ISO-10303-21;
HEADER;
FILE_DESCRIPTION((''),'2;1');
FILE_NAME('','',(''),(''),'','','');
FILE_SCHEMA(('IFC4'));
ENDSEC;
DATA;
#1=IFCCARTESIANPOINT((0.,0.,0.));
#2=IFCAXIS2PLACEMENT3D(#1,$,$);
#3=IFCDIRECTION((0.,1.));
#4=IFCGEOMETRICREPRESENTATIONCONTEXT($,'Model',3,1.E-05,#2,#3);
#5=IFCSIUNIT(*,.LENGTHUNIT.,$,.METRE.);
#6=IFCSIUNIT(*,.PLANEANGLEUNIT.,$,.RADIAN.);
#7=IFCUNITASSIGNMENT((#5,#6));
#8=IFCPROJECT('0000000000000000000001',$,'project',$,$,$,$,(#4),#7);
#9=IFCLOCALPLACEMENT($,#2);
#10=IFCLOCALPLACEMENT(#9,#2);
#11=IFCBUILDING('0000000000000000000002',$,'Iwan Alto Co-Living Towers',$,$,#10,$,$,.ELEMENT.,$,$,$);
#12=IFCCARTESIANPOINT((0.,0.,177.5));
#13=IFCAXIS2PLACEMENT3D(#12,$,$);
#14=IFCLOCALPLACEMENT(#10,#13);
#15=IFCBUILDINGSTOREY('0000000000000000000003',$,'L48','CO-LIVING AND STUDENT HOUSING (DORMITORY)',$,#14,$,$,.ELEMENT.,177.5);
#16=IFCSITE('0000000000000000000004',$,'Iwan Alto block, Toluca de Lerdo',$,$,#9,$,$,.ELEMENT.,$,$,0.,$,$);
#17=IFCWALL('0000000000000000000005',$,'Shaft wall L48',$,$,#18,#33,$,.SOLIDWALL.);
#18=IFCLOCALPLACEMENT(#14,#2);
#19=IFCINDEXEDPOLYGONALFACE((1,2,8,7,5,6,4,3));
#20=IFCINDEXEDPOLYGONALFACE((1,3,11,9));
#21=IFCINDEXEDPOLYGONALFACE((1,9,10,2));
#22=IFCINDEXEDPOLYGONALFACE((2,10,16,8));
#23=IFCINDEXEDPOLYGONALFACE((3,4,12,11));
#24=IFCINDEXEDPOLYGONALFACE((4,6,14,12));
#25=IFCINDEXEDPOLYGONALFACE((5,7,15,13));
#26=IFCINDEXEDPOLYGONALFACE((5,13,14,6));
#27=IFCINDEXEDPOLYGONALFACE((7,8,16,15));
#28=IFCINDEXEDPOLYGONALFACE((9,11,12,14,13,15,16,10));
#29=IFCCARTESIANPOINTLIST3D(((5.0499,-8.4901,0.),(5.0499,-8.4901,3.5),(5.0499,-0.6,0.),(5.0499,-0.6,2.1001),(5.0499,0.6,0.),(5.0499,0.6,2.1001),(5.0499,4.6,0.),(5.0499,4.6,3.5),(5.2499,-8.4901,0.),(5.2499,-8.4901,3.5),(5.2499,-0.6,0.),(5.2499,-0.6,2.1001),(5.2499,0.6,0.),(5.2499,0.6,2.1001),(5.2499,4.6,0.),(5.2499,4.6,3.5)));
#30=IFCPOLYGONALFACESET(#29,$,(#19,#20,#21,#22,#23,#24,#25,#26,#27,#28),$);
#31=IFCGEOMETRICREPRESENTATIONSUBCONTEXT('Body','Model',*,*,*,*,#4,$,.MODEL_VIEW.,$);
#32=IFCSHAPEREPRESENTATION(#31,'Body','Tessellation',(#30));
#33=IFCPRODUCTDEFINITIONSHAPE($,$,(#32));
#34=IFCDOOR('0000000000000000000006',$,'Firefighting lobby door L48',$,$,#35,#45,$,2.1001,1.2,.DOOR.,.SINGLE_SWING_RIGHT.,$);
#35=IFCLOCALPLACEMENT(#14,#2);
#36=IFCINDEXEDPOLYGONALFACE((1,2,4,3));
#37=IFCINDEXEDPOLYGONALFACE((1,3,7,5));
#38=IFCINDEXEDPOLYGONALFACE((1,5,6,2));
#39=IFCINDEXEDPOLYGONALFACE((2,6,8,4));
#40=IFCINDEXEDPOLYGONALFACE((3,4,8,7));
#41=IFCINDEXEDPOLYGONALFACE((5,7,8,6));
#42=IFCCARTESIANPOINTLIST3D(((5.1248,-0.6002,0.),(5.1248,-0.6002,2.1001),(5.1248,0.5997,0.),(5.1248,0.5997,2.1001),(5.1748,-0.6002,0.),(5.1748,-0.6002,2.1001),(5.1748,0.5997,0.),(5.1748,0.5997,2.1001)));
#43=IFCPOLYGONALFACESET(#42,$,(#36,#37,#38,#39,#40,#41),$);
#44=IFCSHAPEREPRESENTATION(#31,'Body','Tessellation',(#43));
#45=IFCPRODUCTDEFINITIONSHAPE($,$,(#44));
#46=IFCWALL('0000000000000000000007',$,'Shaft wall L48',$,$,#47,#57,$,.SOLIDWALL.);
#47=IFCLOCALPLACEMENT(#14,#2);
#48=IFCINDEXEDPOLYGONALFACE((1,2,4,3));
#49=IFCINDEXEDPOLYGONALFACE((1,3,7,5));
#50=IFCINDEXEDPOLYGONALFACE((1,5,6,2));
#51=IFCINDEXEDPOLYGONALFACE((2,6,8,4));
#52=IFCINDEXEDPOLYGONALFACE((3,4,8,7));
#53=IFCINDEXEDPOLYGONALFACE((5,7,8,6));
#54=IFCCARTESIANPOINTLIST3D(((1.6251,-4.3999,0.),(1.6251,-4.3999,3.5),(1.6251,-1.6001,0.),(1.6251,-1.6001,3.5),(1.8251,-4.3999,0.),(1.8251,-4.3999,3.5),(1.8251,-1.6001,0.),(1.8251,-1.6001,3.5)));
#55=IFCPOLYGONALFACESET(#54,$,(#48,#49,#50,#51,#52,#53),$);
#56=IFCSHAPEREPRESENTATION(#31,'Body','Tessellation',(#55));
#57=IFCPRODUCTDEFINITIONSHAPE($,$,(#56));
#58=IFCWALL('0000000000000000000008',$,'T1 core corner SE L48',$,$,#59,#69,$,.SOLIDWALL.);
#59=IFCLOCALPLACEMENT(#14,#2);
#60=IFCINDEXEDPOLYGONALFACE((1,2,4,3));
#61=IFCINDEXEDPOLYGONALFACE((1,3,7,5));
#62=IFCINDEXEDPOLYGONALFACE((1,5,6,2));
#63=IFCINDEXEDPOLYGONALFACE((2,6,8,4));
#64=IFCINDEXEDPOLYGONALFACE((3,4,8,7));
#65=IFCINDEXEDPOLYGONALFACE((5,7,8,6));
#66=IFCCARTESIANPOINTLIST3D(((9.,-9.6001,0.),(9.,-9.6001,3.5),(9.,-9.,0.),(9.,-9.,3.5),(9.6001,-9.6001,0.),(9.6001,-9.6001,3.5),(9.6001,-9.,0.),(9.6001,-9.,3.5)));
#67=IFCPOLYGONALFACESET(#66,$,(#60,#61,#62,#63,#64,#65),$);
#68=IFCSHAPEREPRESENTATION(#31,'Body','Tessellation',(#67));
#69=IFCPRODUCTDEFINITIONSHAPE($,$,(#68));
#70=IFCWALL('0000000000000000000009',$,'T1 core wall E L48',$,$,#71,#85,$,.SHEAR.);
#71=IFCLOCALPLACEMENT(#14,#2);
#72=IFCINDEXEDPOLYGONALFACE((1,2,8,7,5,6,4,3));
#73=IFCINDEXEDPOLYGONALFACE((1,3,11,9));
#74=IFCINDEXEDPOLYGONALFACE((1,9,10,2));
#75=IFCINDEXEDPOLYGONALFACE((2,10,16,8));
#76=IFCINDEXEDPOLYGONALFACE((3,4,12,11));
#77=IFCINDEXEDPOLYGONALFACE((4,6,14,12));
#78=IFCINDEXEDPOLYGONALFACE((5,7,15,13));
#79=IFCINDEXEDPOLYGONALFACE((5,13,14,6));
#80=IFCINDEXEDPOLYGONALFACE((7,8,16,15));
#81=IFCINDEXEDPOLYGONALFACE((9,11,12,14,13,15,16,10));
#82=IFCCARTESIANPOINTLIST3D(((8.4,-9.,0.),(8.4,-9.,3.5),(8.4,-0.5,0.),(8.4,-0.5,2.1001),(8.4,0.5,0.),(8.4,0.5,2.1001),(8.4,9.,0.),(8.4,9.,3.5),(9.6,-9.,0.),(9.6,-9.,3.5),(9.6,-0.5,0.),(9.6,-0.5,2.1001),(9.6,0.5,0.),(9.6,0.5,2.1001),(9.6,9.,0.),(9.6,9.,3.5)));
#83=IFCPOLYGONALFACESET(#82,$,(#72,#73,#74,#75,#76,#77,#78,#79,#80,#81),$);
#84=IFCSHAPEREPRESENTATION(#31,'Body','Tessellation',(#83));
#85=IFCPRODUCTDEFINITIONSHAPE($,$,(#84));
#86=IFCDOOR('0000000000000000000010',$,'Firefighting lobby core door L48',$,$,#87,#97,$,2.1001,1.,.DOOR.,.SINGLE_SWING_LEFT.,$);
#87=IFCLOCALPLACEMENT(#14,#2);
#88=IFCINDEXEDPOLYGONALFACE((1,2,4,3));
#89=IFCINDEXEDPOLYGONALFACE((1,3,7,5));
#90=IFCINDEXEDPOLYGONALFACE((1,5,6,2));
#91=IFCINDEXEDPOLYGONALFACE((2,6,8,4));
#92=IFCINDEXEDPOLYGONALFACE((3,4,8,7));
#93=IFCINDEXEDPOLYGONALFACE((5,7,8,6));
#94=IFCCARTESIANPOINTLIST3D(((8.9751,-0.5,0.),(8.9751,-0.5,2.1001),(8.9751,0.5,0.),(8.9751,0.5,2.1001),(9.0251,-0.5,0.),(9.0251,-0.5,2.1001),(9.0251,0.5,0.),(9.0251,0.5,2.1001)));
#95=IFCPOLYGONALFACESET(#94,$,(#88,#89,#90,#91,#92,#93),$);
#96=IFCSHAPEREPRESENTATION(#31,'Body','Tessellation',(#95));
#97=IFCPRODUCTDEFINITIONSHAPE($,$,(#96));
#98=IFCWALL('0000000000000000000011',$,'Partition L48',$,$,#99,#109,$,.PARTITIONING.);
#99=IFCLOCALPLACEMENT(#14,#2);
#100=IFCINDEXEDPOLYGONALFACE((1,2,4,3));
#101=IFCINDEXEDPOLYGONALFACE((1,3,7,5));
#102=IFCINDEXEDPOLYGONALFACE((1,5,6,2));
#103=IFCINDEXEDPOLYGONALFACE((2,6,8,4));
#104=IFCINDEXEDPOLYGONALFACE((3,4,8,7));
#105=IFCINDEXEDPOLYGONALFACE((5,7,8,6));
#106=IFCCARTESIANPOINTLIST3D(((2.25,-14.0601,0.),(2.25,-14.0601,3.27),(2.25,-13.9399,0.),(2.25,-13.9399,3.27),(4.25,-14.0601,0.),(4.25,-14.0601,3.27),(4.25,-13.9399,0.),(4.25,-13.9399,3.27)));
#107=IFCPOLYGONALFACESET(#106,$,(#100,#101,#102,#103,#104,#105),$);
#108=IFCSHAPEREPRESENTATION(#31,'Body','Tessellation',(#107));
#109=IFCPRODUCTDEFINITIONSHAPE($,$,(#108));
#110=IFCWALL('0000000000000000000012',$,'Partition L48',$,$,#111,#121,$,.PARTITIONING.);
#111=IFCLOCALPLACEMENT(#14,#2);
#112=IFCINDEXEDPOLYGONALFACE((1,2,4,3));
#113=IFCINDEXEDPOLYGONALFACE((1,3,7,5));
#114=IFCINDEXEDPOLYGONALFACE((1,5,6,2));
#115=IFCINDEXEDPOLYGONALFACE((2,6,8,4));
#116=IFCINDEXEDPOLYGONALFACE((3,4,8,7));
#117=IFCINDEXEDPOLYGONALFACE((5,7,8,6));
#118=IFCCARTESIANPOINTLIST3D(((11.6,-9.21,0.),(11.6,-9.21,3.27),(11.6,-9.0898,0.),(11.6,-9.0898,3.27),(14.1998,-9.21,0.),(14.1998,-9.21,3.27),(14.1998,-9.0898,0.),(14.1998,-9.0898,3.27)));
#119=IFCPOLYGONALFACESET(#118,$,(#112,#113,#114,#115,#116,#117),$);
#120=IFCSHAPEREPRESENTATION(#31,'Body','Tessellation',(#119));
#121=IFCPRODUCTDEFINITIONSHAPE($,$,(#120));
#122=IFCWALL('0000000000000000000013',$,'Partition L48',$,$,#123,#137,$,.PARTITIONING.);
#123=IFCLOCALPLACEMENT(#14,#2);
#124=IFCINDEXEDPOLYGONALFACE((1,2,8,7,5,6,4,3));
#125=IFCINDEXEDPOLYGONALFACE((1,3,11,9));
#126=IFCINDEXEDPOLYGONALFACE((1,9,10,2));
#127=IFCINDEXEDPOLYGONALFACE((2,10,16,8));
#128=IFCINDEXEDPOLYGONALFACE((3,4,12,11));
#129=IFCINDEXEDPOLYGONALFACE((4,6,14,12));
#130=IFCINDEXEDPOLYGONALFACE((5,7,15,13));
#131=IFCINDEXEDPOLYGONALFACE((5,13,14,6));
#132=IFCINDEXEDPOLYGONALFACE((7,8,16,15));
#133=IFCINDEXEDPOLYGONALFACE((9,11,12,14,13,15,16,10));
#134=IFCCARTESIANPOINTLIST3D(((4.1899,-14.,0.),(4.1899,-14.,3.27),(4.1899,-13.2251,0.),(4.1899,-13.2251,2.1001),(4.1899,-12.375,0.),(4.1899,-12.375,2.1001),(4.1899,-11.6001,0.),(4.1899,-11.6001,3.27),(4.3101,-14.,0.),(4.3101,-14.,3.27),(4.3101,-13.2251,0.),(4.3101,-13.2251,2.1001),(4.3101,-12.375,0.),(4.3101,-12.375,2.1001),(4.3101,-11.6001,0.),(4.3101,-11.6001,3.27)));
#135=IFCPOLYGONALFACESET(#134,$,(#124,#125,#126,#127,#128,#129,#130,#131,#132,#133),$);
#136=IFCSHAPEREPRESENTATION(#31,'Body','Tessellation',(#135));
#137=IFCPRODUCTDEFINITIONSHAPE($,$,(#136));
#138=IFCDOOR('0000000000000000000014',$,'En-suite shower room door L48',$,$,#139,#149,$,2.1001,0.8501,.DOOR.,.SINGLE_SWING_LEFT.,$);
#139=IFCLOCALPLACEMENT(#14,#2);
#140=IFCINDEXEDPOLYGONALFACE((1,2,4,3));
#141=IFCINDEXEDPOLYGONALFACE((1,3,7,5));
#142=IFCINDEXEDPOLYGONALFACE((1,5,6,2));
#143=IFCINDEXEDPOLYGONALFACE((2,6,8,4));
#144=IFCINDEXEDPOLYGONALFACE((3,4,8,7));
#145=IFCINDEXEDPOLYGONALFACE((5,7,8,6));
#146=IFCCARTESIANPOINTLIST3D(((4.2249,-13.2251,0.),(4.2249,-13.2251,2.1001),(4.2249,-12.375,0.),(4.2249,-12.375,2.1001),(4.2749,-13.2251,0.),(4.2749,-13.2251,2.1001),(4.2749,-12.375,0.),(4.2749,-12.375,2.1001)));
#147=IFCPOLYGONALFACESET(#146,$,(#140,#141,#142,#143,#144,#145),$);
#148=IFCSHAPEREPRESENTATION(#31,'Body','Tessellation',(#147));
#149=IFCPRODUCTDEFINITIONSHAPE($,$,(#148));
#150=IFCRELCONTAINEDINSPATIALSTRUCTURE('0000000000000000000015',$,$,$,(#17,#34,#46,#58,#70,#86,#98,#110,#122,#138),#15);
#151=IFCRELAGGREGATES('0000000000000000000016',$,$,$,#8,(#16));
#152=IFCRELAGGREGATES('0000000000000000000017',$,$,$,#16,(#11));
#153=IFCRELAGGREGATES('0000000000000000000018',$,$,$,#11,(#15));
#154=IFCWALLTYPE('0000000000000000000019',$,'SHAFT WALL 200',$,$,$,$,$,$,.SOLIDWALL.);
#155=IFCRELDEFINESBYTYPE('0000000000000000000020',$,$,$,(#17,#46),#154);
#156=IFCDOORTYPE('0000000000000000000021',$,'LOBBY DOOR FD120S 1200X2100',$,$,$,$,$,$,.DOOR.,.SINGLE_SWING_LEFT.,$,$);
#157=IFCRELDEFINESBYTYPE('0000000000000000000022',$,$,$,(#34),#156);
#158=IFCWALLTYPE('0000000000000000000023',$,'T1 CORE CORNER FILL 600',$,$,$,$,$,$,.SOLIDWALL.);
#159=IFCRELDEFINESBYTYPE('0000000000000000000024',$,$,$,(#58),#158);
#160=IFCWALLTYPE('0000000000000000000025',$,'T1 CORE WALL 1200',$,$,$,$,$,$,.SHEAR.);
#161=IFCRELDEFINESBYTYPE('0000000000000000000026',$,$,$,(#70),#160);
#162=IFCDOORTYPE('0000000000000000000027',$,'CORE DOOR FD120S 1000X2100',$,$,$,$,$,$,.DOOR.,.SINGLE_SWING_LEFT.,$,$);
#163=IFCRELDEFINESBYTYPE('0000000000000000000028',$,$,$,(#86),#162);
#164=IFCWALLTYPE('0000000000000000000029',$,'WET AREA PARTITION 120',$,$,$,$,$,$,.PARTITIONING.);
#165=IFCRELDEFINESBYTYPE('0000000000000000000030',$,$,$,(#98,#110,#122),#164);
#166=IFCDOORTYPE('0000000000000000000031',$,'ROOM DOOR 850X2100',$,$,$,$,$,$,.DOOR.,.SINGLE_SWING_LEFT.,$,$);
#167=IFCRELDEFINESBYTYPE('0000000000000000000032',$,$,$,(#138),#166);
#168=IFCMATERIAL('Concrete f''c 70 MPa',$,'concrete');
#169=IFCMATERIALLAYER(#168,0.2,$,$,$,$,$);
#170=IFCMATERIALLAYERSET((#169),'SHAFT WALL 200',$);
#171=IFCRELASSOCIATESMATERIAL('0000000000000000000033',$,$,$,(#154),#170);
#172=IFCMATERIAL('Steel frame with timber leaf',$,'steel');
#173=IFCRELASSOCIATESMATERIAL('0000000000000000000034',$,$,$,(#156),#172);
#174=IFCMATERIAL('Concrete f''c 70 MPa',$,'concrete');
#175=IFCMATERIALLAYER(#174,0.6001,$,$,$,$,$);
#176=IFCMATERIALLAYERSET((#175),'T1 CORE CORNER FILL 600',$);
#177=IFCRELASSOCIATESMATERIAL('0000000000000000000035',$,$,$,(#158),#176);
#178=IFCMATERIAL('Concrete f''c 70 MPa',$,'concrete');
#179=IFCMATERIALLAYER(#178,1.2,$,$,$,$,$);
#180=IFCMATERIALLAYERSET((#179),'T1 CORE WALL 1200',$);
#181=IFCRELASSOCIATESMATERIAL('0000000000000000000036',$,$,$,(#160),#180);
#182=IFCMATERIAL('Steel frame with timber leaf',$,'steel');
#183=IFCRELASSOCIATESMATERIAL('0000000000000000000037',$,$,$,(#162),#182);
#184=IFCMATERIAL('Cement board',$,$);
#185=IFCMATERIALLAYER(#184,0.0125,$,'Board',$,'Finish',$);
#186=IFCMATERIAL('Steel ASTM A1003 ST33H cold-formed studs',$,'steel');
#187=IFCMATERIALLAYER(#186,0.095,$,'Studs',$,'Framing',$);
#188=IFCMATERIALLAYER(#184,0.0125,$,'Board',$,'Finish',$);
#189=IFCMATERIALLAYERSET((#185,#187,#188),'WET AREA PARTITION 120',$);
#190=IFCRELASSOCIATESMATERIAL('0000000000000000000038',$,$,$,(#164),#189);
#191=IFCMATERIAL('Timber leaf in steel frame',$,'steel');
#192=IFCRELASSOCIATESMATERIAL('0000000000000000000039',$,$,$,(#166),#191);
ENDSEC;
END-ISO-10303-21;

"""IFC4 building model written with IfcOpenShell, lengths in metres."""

from ifc_helpers import new_model, si_unit, direction, frame, frame_2d, origin, place, context, subcontext, project, spatial, rectangle, extrude, material, layer, layer_set, type_object, element, fill, save


model = new_model("IFC4")

# Units and contexts
model_context = context("Model", 3, precision=1e-05, world=origin(), true_north=direction((0.0, 1.0)))
body_context = subcontext(model_context, "Body", "Model", "MODEL_VIEW")
ifc_project = project(units=[si_unit("LENGTHUNIT", "METRE"), si_unit("PLANEANGLEUNIT", "RADIAN")], contexts=[model_context])

# Site, building, storey
site_placement = place(None, origin())
site = spatial("IfcSite", under=ifc_project, at=site_placement, Name="Iwan Alto block, Toluca de Lerdo", CompositionType="ELEMENT", RefElevation=0.0)
building_placement = place(site_placement, origin())
building = spatial("IfcBuilding", under=site, at=building_placement, Name="Iwan Alto Co-Living Towers", CompositionType="ELEMENT")
storey_placement = place(building_placement, frame((0.0, 0.0, 177.5)))
storey = spatial("IfcBuildingStorey", under=building, at=storey_placement, Name="L48", Description="CO-LIVING AND STUDENT HOUSING (DORMITORY)", CompositionType="ELEMENT", Elevation=177.5)

# Shared definitions
ifc_material_1 = material(Name="Steel ASTM A1003 ST33H cold-formed studs", Category="steel")

# Wall, opening, door
ifc_material_2 = material(Name="Concrete f'c 70 MPa", Category="concrete")
ifc_layer_1 = layer(ifc_material_2, 0.2)
ifc_layer_set_1 = layer_set([ifc_layer_1], Name="SHAFT WALL 200")
wall_type_1 = type_object("IfcWallType", Name="SHAFT WALL 200", PredefinedType="SOLIDWALL", material=ifc_layer_set_1)
wall_1_placement = place(storey_placement, frame((5.1499, -8.49, 0.0), z_axis=(0.0, 0.0, 1.0), x_axis=(0.0, 1.0, 0.0)))
wall_1 = element("IfcWall", 1, at=wall_1_placement, inside=storey, type_object=wall_type_1, Name="Shaft wall L48", PredefinedType="SOLIDWALL", context=body_context, shape_type="SweptSolid", body=[
    extrude(rectangle(XDim=13.0901, YDim=0.2, at=frame_2d((6.5449, 0.0))), origin(), (0.0, 0.0, 1.0), 3.5),
])
opening_1_placement = place(wall_1_placement, frame((7.8899, 0.0, 0.0)))
opening_1 = element("IfcOpeningElement", 2, at=opening_1_placement, cuts=wall_1, PredefinedType="OPENING", context=body_context, shape_type="SweptSolid", body=[
    extrude(rectangle(XDim=1.2, YDim=2.1001, at=frame_2d((0.6001, 1.05))), frame((0.0, 0.1099, 0.0), z_axis=(0.0, -1.0, 0.0), x_axis=(1.0, 0.0, 0.0)), (0.0, 0.0, 1.0), 0.22),
])
ifc_material_3 = material(Name="Steel frame with timber leaf", Category="steel")
door_type_1 = type_object("IfcDoorType", Name="LOBBY DOOR FD120S 1200X2100", OperationType="SINGLE_SWING_LEFT", PredefinedType="DOOR", material=ifc_material_3)
door_1_placement = place(opening_1_placement, frame((1.2, 0.0, 0.0), z_axis=(0.0, 0.0, 1.0), x_axis=(-1.0, 0.0, 0.0)))
door_1 = element("IfcDoor", 3, at=door_1_placement, inside=storey, type_object=door_type_1, Name="Firefighting lobby door L48", OperationType="SINGLE_SWING_RIGHT", OverallHeight=2.1001, OverallWidth=1.2, PredefinedType="DOOR", context=body_context, shape_type="SweptSolid", body=[
    extrude(rectangle(XDim=1.2, YDim=2.1001, at=frame_2d((0.6001, 1.05))), frame((0.0, 0.0249, 0.0), z_axis=(0.0, -1.0, 0.0), x_axis=(1.0, 0.0, 0.0)), (0.0, 0.0, 1.0), 0.05),
])
fill(opening_1, door_1)

# Walls
wall_2_placement = place(storey_placement, frame((1.7251, -4.3999, 0.0), z_axis=(0.0, 0.0, 1.0), x_axis=(0.0, 1.0, 0.0)))
element("IfcWall", 4, at=wall_2_placement, inside=storey, type_object=wall_type_1, Name="Shaft wall L48", PredefinedType="SOLIDWALL", context=body_context, shape_type="SweptSolid", body=[
    extrude(rectangle(XDim=2.7998, YDim=0.2, at=frame_2d((1.3999, 0.0))), origin(), (0.0, 0.0, 1.0), 3.5),
])
ifc_material_4 = material(Name="Concrete f'c 70 MPa", Category="concrete")
ifc_layer_2 = layer(ifc_material_4, 0.6001)
ifc_layer_set_2 = layer_set([ifc_layer_2], Name="T1 CORE CORNER FILL 600")
wall_type_2 = type_object("IfcWallType", Name="T1 CORE CORNER FILL 600", PredefinedType="SOLIDWALL", material=ifc_layer_set_2)
wall_3_placement = place(storey_placement, frame((9.0, -9.3, 0.0), z_axis=(0.0, 0.0, 1.0), x_axis=(1.0, 0.0, 0.0)))
element("IfcWall", 5, at=wall_3_placement, inside=storey, type_object=wall_type_2, Name="T1 core corner SE L48", PredefinedType="SOLIDWALL", context=body_context, shape_type="SweptSolid", body=[
    extrude(rectangle(XDim=0.6001, YDim=0.6001, at=frame_2d((0.3, 0.0))), origin(), (0.0, 0.0, 1.0), 3.5),
])

# Wall, opening, door
ifc_material_5 = material(Name="Concrete f'c 70 MPa", Category="concrete")
ifc_layer_3 = layer(ifc_material_5, 1.2)
ifc_layer_set_3 = layer_set([ifc_layer_3], Name="T1 CORE WALL 1200")
wall_type_3 = type_object("IfcWallType", Name="T1 CORE WALL 1200", PredefinedType="SHEAR", material=ifc_layer_set_3)
wall_4_placement = place(storey_placement, frame((9.0, -9.0, 0.0), z_axis=(0.0, 0.0, 1.0), x_axis=(0.0, 1.0, 0.0)))
wall_4 = element("IfcWall", 6, at=wall_4_placement, inside=storey, type_object=wall_type_3, Name="T1 core wall E L48", PredefinedType="SHEAR", context=body_context, shape_type="SweptSolid", body=[
    extrude(rectangle(XDim=18.0, YDim=1.2, at=frame_2d((9.0, 0.0))), origin(), (0.0, 0.0, 1.0), 3.5),
])
opening_2_placement = place(wall_4_placement, frame((8.5, 0.0, 0.0)))
opening_2 = element("IfcOpeningElement", 7, at=opening_2_placement, cuts=wall_4, PredefinedType="OPENING", context=body_context, shape_type="SweptSolid", body=[
    extrude(rectangle(XDim=1.0, YDim=2.1001, at=frame_2d((0.5, 1.05))), frame((0.0, 0.6099, 0.0), z_axis=(0.0, -1.0, 0.0), x_axis=(1.0, 0.0, 0.0)), (0.0, 0.0, 1.0), 1.22),
])
ifc_material_6 = material(Name="Steel frame with timber leaf", Category="steel")
door_type_2 = type_object("IfcDoorType", Name="CORE DOOR FD120S 1000X2100", OperationType="SINGLE_SWING_LEFT", PredefinedType="DOOR", material=ifc_material_6)
door_2_placement = place(opening_2_placement, origin())
door_2 = element("IfcDoor", 8, at=door_2_placement, inside=storey, type_object=door_type_2, Name="Firefighting lobby core door L48", OperationType="SINGLE_SWING_LEFT", OverallHeight=2.1001, OverallWidth=1.0, PredefinedType="DOOR", context=body_context, shape_type="SweptSolid", body=[
    extrude(rectangle(XDim=1.0, YDim=2.1001, at=frame_2d((0.5, 1.05))), frame((0.0, 0.0249, 0.0), z_axis=(0.0, -1.0, 0.0), x_axis=(1.0, 0.0, 0.0)), (0.0, 0.0, 1.0), 0.05),
])
fill(opening_2, door_2)

# Walls
ifc_material_7 = material(Name="Cement board")
ifc_layer_4 = layer(ifc_material_7, 0.0125, Name="Board", Category="Finish")
ifc_layer_5 = layer(ifc_material_1, 0.095, Name="Studs", Category="Framing")
ifc_layer_6 = layer(ifc_material_7, 0.0125, Name="Board", Category="Finish")
ifc_layer_set_4 = layer_set([ifc_layer_4, ifc_layer_5, ifc_layer_6], Name="WET AREA PARTITION 120")
wall_type_4 = type_object("IfcWallType", Name="WET AREA PARTITION 120", PredefinedType="PARTITIONING", material=ifc_layer_set_4)
wall_5_placement = place(storey_placement, frame((2.25, -14.0, 0.0), z_axis=(0.0, 0.0, 1.0), x_axis=(1.0, 0.0, 0.0)))
element("IfcWall", 9, at=wall_5_placement, inside=storey, type_object=wall_type_4, Name="Partition L48", PredefinedType="PARTITIONING", context=body_context, shape_type="SweptSolid", body=[
    extrude(rectangle(XDim=2.0, YDim=0.1201, at=frame_2d((1.0, 0.0))), origin(), (0.0, 0.0, 1.0), 3.27),
])
wall_6_placement = place(storey_placement, frame((11.6001, -9.1499, 0.0), z_axis=(0.0, 0.0, 1.0), x_axis=(1.0, 0.0, 0.0)))
element("IfcWall", 10, at=wall_6_placement, inside=storey, type_object=wall_type_4, Name="Partition L48", PredefinedType="PARTITIONING", context=body_context, shape_type="SweptSolid", body=[
    extrude(rectangle(XDim=2.5999, YDim=0.1201, at=frame_2d((1.2998, 0.0))), origin(), (0.0, 0.0, 1.0), 3.27),
])

# Wall, opening, door
wall_7_placement = place(storey_placement, frame((4.25, -14.0, 0.0), z_axis=(0.0, 0.0, 1.0), x_axis=(0.0, 1.0, 0.0)))
wall_7 = element("IfcWall", 11, at=wall_7_placement, inside=storey, type_object=wall_type_4, Name="Partition L48", PredefinedType="PARTITIONING", context=body_context, shape_type="SweptSolid", body=[
    extrude(rectangle(XDim=2.3999, YDim=0.1201, at=frame_2d((1.2, 0.0))), origin(), (0.0, 0.0, 1.0), 3.27),
])
opening_3_placement = place(wall_7_placement, frame((0.7749, 0.0, 0.0)))
opening_3 = element("IfcOpeningElement", 12, at=opening_3_placement, cuts=wall_7, PredefinedType="OPENING", context=body_context, shape_type="SweptSolid", body=[
    extrude(rectangle(XDim=0.8501, YDim=2.1001, at=frame_2d((0.425, 1.05))), frame((0.0, 0.0701, 0.0), z_axis=(0.0, -1.0, 0.0), x_axis=(1.0, 0.0, 0.0)), (0.0, 0.0, 1.0), 0.1401),
])
ifc_material_8 = material(Name="Timber leaf in steel frame", Category="steel")
door_type_3 = type_object("IfcDoorType", Name="ROOM DOOR 850X2100", OperationType="SINGLE_SWING_LEFT", PredefinedType="DOOR", material=ifc_material_8)
door_3_placement = place(opening_3_placement, frame((0.8501, 0.0, 0.0), z_axis=(0.0, 0.0, 1.0), x_axis=(-1.0, 0.0, 0.0)))
door_3 = element("IfcDoor", 13, at=door_3_placement, inside=storey, type_object=door_type_3, Name="En-suite shower room door L48", OperationType="SINGLE_SWING_LEFT", OverallHeight=2.1001, OverallWidth=0.8501, PredefinedType="DOOR", context=body_context, shape_type="SweptSolid", body=[
    extrude(rectangle(XDim=0.8501, YDim=2.1001, at=frame_2d((0.425, 1.05))), frame((0.0, 0.0249, 0.0), z_axis=(0.0, -1.0, 0.0), x_axis=(1.0, 0.0, 0.0)), (0.0, 0.0, 1.0), 0.05),
])
fill(opening_3, door_3)

save(model, "model.ifc")
